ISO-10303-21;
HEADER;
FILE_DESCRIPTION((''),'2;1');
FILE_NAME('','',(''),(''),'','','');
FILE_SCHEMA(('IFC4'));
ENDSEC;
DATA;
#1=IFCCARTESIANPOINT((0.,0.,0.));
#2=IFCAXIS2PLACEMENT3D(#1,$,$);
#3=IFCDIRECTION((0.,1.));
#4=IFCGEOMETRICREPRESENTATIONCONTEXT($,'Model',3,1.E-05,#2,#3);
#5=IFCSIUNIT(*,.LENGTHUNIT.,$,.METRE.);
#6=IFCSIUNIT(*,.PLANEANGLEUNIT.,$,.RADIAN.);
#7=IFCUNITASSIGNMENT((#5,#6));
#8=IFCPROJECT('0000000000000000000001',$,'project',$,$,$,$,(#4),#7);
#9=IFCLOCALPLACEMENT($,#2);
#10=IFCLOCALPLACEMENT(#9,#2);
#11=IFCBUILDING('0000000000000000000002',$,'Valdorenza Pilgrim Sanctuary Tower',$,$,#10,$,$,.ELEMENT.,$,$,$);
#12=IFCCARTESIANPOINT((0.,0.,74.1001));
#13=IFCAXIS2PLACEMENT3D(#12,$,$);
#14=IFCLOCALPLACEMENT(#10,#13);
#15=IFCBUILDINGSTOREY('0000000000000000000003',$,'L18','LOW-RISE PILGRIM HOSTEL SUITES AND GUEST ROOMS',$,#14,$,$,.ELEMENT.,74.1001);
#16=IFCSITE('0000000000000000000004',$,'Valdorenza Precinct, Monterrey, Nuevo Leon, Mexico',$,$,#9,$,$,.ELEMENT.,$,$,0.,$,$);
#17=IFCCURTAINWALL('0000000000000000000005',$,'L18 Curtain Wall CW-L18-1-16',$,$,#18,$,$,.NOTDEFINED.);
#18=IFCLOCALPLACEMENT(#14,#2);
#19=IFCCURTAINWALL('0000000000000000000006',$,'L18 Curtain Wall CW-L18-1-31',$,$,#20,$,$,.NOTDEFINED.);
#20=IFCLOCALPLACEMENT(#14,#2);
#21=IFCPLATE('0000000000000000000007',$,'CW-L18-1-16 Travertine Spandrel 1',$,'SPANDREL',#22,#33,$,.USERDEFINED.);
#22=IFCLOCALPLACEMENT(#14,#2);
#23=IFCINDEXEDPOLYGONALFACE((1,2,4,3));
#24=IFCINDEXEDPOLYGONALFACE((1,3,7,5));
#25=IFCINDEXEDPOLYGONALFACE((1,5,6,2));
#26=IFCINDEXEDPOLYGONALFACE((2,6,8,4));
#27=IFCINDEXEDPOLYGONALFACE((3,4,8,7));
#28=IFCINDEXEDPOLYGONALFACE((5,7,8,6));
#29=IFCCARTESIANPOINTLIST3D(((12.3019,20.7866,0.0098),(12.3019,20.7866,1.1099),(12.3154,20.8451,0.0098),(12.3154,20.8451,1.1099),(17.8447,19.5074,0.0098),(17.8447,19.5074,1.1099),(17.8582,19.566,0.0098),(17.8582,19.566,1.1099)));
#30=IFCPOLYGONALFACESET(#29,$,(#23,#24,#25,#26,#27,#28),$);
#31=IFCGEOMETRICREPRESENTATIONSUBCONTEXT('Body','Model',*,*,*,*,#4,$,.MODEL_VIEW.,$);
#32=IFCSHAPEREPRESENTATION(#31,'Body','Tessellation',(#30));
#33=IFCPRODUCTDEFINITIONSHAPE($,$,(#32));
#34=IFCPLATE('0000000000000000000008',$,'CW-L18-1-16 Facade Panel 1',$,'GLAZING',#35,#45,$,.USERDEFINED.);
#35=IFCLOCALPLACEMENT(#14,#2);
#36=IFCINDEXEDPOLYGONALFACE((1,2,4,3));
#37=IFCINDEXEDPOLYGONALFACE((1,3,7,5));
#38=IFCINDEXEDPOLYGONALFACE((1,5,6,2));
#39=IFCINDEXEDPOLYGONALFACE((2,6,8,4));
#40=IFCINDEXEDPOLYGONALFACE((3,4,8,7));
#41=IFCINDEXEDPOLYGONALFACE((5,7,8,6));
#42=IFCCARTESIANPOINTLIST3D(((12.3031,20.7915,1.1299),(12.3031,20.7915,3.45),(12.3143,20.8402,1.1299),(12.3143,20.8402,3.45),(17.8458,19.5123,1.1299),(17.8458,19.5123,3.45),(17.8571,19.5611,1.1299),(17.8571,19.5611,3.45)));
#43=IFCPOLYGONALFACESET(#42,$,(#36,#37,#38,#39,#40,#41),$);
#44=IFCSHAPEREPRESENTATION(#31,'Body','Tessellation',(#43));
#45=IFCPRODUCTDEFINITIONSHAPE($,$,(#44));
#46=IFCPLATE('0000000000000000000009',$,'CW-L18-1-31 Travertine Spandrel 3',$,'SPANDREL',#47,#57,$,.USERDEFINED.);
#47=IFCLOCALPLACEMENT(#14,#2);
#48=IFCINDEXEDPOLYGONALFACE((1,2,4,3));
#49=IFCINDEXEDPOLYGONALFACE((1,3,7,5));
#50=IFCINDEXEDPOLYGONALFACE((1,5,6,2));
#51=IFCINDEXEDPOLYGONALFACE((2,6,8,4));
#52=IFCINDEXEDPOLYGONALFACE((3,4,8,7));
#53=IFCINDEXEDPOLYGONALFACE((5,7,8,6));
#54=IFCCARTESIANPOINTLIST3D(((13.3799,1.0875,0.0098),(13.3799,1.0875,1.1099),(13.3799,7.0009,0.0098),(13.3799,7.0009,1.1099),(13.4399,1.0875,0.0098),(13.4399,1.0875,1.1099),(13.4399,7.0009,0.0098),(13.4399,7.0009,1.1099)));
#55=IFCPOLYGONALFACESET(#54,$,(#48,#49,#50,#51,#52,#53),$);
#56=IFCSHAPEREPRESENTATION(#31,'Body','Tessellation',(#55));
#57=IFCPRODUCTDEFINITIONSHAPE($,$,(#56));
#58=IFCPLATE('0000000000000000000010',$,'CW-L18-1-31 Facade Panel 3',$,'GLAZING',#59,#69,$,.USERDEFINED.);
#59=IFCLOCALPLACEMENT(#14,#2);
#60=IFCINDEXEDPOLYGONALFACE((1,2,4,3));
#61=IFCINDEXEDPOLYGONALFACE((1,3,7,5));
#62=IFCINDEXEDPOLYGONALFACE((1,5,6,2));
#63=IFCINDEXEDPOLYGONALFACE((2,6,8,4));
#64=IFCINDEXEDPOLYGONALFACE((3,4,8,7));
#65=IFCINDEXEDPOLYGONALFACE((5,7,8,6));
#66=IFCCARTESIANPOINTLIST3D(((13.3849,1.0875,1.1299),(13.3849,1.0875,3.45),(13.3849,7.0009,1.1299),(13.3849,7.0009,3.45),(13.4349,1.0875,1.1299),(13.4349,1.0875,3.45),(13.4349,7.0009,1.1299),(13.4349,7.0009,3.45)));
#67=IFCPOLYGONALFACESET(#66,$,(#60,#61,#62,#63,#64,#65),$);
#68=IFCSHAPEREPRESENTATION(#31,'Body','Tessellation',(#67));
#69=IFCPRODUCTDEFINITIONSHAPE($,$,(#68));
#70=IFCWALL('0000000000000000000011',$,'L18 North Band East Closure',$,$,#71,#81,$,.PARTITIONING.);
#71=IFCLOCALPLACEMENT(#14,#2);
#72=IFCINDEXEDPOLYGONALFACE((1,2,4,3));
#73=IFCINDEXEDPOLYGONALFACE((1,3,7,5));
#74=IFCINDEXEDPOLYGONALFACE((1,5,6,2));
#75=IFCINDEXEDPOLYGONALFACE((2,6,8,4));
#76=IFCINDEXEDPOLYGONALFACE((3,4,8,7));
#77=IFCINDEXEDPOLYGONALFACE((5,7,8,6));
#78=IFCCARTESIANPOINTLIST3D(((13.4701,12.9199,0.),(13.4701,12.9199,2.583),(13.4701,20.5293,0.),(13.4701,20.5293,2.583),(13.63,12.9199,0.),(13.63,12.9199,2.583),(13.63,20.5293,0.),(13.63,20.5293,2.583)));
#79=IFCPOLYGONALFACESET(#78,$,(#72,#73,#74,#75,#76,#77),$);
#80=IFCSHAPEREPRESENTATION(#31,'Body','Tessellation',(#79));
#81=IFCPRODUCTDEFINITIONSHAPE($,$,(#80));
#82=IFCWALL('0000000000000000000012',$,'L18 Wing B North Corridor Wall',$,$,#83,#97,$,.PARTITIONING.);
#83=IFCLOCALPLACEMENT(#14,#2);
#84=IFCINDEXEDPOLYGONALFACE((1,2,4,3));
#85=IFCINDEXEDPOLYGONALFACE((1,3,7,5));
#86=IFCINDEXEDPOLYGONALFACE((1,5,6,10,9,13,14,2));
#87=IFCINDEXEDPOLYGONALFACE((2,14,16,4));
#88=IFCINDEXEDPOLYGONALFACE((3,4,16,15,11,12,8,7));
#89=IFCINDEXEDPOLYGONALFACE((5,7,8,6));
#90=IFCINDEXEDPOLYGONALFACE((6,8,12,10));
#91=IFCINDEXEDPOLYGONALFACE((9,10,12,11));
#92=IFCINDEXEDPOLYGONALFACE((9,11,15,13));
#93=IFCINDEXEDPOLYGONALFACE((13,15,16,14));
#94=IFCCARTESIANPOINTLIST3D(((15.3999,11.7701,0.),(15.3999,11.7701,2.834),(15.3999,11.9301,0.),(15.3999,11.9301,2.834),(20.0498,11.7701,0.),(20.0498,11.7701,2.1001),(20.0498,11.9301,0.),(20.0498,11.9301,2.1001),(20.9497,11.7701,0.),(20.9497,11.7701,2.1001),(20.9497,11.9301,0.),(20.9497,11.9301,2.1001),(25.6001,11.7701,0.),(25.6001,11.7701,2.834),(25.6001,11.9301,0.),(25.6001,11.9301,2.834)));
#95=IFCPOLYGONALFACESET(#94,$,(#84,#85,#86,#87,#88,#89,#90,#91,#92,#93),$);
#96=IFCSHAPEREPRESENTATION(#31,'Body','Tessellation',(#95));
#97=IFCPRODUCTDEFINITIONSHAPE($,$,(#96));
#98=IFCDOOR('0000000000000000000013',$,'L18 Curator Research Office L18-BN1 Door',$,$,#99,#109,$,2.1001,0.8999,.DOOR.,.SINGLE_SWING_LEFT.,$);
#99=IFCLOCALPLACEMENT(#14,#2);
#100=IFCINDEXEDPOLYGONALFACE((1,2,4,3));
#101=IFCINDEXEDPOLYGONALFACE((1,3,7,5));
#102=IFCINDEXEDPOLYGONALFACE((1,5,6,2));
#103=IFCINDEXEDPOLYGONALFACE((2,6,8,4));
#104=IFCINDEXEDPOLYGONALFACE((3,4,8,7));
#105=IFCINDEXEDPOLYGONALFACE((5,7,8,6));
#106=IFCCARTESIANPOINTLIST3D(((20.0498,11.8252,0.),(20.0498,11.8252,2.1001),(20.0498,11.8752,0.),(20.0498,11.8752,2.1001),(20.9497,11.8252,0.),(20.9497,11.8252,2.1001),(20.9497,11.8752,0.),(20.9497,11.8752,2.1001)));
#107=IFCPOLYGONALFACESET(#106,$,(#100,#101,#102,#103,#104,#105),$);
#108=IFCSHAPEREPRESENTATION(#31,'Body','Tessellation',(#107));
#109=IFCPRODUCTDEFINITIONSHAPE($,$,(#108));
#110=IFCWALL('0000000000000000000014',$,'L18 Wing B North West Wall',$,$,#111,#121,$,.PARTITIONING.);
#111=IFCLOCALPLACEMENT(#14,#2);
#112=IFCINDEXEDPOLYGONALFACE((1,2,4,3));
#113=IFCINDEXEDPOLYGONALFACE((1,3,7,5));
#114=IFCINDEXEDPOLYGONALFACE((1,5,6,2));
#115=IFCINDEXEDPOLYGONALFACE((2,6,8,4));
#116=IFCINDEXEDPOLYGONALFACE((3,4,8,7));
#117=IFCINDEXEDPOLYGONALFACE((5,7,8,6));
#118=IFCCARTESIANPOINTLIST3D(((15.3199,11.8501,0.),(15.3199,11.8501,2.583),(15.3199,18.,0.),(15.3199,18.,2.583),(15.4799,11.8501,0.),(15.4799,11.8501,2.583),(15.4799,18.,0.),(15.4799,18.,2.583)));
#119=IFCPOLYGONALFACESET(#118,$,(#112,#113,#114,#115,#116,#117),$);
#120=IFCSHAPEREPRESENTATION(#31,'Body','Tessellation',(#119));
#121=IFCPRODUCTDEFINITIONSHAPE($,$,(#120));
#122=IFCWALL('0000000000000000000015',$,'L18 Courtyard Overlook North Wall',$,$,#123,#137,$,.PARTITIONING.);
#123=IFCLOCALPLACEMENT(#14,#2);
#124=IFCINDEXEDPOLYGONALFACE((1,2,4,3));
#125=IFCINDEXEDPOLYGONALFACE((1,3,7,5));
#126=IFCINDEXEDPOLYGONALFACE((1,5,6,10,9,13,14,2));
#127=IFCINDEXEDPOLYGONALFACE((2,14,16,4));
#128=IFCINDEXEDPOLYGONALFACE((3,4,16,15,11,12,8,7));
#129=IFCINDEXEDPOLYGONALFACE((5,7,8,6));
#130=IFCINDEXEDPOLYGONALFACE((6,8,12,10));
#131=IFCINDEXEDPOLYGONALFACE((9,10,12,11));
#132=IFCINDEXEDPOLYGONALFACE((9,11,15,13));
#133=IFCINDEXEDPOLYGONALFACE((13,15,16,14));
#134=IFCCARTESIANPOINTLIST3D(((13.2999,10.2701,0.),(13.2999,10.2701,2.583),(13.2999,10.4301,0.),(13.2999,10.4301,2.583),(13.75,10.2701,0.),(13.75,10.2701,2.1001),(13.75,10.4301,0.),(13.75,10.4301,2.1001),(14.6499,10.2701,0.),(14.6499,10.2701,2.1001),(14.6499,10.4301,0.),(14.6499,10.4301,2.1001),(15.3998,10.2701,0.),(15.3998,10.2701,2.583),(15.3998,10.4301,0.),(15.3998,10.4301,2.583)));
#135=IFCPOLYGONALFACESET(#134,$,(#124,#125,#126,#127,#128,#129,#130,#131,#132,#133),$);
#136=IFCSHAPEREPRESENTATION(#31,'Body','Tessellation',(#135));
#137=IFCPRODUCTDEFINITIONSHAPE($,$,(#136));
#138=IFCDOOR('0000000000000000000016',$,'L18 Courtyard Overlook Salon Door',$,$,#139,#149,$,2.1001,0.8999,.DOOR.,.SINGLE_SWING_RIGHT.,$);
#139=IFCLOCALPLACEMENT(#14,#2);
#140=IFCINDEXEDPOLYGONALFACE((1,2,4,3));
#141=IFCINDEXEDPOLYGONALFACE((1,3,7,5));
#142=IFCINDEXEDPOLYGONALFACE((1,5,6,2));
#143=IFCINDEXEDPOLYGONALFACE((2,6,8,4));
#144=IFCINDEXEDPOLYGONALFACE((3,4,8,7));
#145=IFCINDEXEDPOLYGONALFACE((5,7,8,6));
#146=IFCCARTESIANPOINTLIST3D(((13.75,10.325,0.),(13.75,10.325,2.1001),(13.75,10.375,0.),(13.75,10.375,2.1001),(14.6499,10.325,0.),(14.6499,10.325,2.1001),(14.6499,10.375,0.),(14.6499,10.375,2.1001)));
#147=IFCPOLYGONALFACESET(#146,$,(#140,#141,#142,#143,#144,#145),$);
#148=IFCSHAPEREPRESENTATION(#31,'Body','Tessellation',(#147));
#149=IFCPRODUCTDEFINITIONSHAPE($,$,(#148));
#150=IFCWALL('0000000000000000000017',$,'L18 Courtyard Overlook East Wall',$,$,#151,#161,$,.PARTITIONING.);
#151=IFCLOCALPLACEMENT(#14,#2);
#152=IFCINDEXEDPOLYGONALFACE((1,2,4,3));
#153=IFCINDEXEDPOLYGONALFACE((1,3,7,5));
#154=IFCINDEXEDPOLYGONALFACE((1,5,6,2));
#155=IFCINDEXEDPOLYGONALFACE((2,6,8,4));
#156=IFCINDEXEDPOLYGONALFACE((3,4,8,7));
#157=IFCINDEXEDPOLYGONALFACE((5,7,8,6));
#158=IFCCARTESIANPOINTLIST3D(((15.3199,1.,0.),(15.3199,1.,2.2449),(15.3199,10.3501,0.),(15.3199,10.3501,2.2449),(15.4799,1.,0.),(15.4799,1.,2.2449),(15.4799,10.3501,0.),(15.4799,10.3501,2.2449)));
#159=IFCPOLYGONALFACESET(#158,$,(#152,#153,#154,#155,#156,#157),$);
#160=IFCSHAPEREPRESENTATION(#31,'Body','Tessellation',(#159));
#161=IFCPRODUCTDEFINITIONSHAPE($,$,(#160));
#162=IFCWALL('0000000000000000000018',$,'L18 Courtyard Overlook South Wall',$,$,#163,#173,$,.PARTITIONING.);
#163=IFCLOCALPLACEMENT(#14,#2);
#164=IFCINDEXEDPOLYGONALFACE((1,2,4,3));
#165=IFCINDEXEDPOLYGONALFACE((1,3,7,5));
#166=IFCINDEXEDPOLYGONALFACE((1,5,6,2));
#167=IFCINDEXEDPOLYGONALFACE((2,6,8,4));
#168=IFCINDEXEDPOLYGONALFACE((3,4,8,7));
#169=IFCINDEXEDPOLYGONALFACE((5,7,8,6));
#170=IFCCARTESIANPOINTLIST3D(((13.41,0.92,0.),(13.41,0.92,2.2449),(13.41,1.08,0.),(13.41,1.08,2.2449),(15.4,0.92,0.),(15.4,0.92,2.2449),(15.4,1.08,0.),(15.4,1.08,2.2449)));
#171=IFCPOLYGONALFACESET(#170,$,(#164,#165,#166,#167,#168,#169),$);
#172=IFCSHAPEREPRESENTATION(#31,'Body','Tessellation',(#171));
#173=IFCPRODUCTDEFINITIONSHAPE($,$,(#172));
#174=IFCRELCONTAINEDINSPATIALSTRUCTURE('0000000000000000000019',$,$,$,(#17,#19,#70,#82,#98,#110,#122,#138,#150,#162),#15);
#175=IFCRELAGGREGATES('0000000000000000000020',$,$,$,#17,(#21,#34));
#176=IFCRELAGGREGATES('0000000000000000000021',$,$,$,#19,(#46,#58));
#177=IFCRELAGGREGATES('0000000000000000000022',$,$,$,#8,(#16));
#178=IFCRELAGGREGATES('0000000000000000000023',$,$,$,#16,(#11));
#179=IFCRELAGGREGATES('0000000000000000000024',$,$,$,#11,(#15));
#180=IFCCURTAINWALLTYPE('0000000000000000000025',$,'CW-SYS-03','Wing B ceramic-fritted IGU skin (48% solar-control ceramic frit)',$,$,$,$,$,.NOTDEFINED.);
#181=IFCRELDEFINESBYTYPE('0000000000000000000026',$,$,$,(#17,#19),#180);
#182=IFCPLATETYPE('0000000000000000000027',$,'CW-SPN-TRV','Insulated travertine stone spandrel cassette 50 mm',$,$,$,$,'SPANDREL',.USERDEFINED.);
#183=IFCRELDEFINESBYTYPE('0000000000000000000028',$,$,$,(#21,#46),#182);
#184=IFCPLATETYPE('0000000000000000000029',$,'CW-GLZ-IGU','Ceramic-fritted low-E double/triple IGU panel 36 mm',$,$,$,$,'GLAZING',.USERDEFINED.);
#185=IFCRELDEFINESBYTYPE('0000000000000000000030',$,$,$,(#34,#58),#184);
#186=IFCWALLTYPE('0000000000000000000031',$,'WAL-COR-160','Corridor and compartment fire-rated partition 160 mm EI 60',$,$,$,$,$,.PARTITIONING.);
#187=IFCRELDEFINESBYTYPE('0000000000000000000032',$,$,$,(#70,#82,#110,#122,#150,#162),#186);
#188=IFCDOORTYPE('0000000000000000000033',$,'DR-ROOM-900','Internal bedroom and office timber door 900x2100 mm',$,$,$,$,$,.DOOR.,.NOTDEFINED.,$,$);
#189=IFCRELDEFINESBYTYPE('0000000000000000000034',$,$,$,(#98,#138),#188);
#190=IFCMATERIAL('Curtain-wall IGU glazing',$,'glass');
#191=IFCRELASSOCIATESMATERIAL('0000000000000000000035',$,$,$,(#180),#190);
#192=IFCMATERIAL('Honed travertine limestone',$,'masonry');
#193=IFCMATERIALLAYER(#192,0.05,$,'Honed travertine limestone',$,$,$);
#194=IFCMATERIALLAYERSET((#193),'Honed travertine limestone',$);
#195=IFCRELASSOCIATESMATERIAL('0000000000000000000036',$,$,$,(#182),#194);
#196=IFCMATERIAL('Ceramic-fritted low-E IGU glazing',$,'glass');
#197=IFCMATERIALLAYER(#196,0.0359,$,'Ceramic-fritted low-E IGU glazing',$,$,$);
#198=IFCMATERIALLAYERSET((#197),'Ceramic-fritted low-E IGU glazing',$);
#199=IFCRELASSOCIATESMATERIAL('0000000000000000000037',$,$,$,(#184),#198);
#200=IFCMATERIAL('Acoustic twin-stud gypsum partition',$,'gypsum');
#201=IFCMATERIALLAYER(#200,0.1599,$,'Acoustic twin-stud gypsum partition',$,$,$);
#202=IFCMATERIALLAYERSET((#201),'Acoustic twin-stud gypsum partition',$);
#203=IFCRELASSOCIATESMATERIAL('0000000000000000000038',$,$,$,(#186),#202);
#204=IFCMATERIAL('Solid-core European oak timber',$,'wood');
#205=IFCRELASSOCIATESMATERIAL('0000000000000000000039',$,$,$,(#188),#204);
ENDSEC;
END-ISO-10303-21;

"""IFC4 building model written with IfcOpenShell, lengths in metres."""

from ifc_helpers import new_model, si_unit, direction, frame, frame_2d, origin, origin_2d, place, context, subcontext, project, spatial, rectangle, extrude, source, transform, mapped, material, layer, layer_set, type_object, element, fill, aggregate, save


model = new_model("IFC4")

# Units and contexts
model_context = context("Model", 3, precision=1e-05, world=origin(), true_north=direction((0.0, 1.0)))
body_context = subcontext(model_context, "Body", "Model", "MODEL_VIEW")
ifc_project = project(units=[si_unit("LENGTHUNIT", "METRE"), si_unit("PLANEANGLEUNIT", "RADIAN")], contexts=[model_context])

# Site, building, storey
site_placement = place(None, origin())
site = spatial("IfcSite", under=ifc_project, at=site_placement, Name="Valdorenza Precinct, Monterrey, Nuevo Leon, Mexico", CompositionType="ELEMENT", RefElevation=0.0)
building_placement = place(site_placement, origin())
building = spatial("IfcBuilding", under=site, at=building_placement, Name="Valdorenza Pilgrim Sanctuary Tower", CompositionType="ELEMENT")
storey_placement = place(building_placement, frame((0.0, 0.0, 74.1001)))
storey = spatial("IfcBuildingStorey", under=building, at=storey_placement, Name="L18", Description="LOW-RISE PILGRIM HOSTEL SUITES AND GUEST ROOMS", CompositionType="ELEMENT", Elevation=74.1001)

# Curtain wall
ifc_material_1 = material(Name="Curtain-wall IGU glazing", Category="glass")
curtain_wall_type = type_object("IfcCurtainWallType", Name="CW-SYS-03", Description="Wing B ceramic-fritted IGU skin (48% solar-control ceramic frit)", PredefinedType="NOTDEFINED", material=ifc_material_1)
curtain_wall_1_placement = place(storey_placement, origin())
curtain_wall_1 = element("IfcCurtainWall", 1, at=curtain_wall_1_placement, inside=storey, type_object=curtain_wall_type, Name="L18 Curtain Wall CW-L18-1-16", PredefinedType="NOTDEFINED")

# Curtain wall
curtain_wall_2_placement = place(storey_placement, origin())
curtain_wall_2 = element("IfcCurtainWall", 2, at=curtain_wall_2_placement, inside=storey, type_object=curtain_wall_type, Name="L18 Curtain Wall CW-L18-1-31", PredefinedType="NOTDEFINED")

# Plates
ifc_material_2 = material(Name="Honed travertine limestone", Category="masonry")
ifc_layer_1 = layer(ifc_material_2, 0.05, Name="Honed travertine limestone")
ifc_layer_set_1 = layer_set([ifc_layer_1], Name="Honed travertine limestone")
plate_type_1 = type_object("IfcPlateType", Name="CW-SPN-TRV", Description="Insulated travertine stone spandrel cassette 50 mm", ElementType="SPANDREL", PredefinedType="USERDEFINED", material=ifc_layer_set_1)
shared_shape_1 = source(origin(), body_context, "Body", "SweptSolid", [
    extrude(rectangle(XDim=5.6885, YDim=0.0601, at=origin_2d()), origin(), (0.0, 0.0, 1.0), 1.1001),
])
plate_1_placement = place(storey_placement, frame((15.0801, 20.1763, 0.0098), z_axis=(0.0, 0.0, 1.0), x_axis=(0.97439, -0.224866, 0.0)))
plate_1 = element("IfcPlate", 3, at=plate_1_placement, type_object=plate_type_1, Name="CW-L18-1-16 Travertine Spandrel 1", ObjectType="SPANDREL", PredefinedType="USERDEFINED", context=body_context, shape_type="MappedRepresentation", body=[
    mapped(shared_shape_1, transform((0.0, 0.0, 0.0), x_axis=(1.0, 0.0, 0.0), y_axis=(0.0, 1.0, 0.0), z_axis=(0.0, 0.0, 1.0), scale=1.0)),
])
ifc_material_3 = material(Name="Ceramic-fritted low-E IGU glazing", Category="glass")
ifc_layer_2 = layer(ifc_material_3, 0.0359, Name="Ceramic-fritted low-E IGU glazing")
ifc_layer_set_2 = layer_set([ifc_layer_2], Name="Ceramic-fritted low-E IGU glazing")
plate_type_2 = type_object("IfcPlateType", Name="CW-GLZ-IGU", Description="Ceramic-fritted low-E double/triple IGU panel 36 mm", ElementType="GLAZING", PredefinedType="USERDEFINED", material=ifc_layer_set_2)
shared_shape_2 = source(origin(), body_context, "Body", "SweptSolid", [
    extrude(rectangle(XDim=5.6885, YDim=0.05, at=origin_2d()), origin(), (0.0, 0.0, 1.0), 2.3201),
])
plate_2_placement = place(storey_placement, frame((15.0801, 20.1763, 1.1299), z_axis=(0.0, 0.0, 1.0), x_axis=(0.97439, -0.224866, 0.0)))
plate_2 = element("IfcPlate", 4, at=plate_2_placement, type_object=plate_type_2, Name="CW-L18-1-16 Facade Panel 1", ObjectType="GLAZING", PredefinedType="USERDEFINED", context=body_context, shape_type="MappedRepresentation", body=[
    mapped(shared_shape_2, transform((0.0, 0.0, 0.0), x_axis=(1.0, 0.0, 0.0), y_axis=(0.0, 1.0, 0.0), z_axis=(0.0, 0.0, 1.0), scale=1.0)),
])
aggregate(curtain_wall_1, [plate_1, plate_2])
shared_shape_3 = source(origin(), body_context, "Body", "SweptSolid", [
    extrude(rectangle(XDim=5.9133, YDim=0.0601, at=origin_2d()), origin(), (0.0, 0.0, 1.0), 1.1001),
])
plate_3_placement = place(storey_placement, frame((13.4099, 4.0442, 0.0098), z_axis=(0.0, 0.0, 1.0), x_axis=(0.0, 1.0, 0.0)))
plate_3 = element("IfcPlate", 5, at=plate_3_placement, type_object=plate_type_1, Name="CW-L18-1-31 Travertine Spandrel 3", ObjectType="SPANDREL", PredefinedType="USERDEFINED", context=body_context, shape_type="MappedRepresentation", body=[
    mapped(shared_shape_3, transform((0.0, 0.0, 0.0), x_axis=(1.0, 0.0, 0.0), y_axis=(0.0, 1.0, 0.0), z_axis=(0.0, 0.0, 1.0), scale=1.0)),
])
shared_shape_4 = source(origin(), body_context, "Body", "SweptSolid", [
    extrude(rectangle(XDim=5.9133, YDim=0.05, at=origin_2d()), origin(), (0.0, 0.0, 1.0), 2.3201),
])
plate_4_placement = place(storey_placement, frame((13.4099, 4.0442, 1.1299), z_axis=(0.0, 0.0, 1.0), x_axis=(0.0, 1.0, 0.0)))
plate_4 = element("IfcPlate", 6, at=plate_4_placement, type_object=plate_type_2, Name="CW-L18-1-31 Facade Panel 3", ObjectType="GLAZING", PredefinedType="USERDEFINED", context=body_context, shape_type="MappedRepresentation", body=[
    mapped(shared_shape_4, transform((0.0, 0.0, 0.0), x_axis=(1.0, 0.0, 0.0), y_axis=(0.0, 1.0, 0.0), z_axis=(0.0, 0.0, 1.0), scale=1.0)),
])
aggregate(curtain_wall_2, [plate_3, plate_4])

# Wall
ifc_material_4 = material(Name="Acoustic twin-stud gypsum partition", Category="gypsum")
ifc_layer_3 = layer(ifc_material_4, 0.1599, Name="Acoustic twin-stud gypsum partition")
ifc_layer_set_3 = layer_set([ifc_layer_3], Name="Acoustic twin-stud gypsum partition")
wall_type_1 = type_object("IfcWallType", Name="WAL-COR-160", Description="Corridor and compartment fire-rated partition 160 mm EI 60", PredefinedType="PARTITIONING", material=ifc_layer_set_3)
wall_1_placement = place(storey_placement, frame((13.55, 12.9199, 0.0), z_axis=(0.0, 0.0, 1.0), x_axis=(0.0, 1.0, 0.0)))
element("IfcWall", 7, at=wall_1_placement, inside=storey, type_object=wall_type_1, Name="L18 North Band East Closure", PredefinedType="PARTITIONING", context=body_context, shape_type="SweptSolid", body=[
    extrude(rectangle(XDim=7.6094, YDim=0.1599, at=frame_2d((3.8047, 0.0))), origin(), (0.0, 0.0, 1.0), 2.583),
])

# Wall, opening, door
wall_2_placement = place(storey_placement, frame((15.3999, 11.8501, 0.0), z_axis=(0.0, 0.0, 1.0), x_axis=(1.0, 0.0, 0.0)))
wall_2 = element("IfcWall", 8, at=wall_2_placement, inside=storey, type_object=wall_type_1, Name="L18 Wing B North Corridor Wall", PredefinedType="PARTITIONING", context=body_context, shape_type="SweptSolid", body=[
    extrude(rectangle(XDim=10.2002, YDim=0.1599, at=frame_2d((5.1001, 0.0))), origin(), (0.0, 0.0, 1.0), 2.834),
])
opening_1_placement = place(wall_2_placement, frame((4.6499, 0.0, 0.0)))
opening_1 = element("IfcOpeningElement", 9, at=opening_1_placement, cuts=wall_2, PredefinedType="OPENING", context=body_context, shape_type="SweptSolid", body=[
    extrude(rectangle(XDim=0.8999, YDim=2.1001, at=frame_2d((0.45, 1.05))), frame((0.0, 0.0947, 0.0), z_axis=(0.0, -1.0, 0.0), x_axis=(1.0, 0.0, 0.0)), (0.0, 0.0, 1.0), 0.1897),
])
ifc_material_5 = material(Name="Solid-core European oak timber", Category="wood")
door_type_1 = type_object("IfcDoorType", Name="DR-ROOM-900", Description="Internal bedroom and office timber door 900x2100 mm", OperationType="NOTDEFINED", PredefinedType="DOOR", material=ifc_material_5)
door_1_placement = place(opening_1_placement, frame((0.8999, 0.0, 0.0), z_axis=(0.0, 0.0, 1.0), x_axis=(-1.0, 0.0, 0.0)))
door_1 = element("IfcDoor", 10, at=door_1_placement, inside=storey, type_object=door_type_1, Name="L18 Curator Research Office L18-BN1 Door", OperationType="SINGLE_SWING_LEFT", OverallHeight=2.1001, OverallWidth=0.8999, PredefinedType="DOOR", context=body_context, shape_type="SweptSolid", body=[
    extrude(rectangle(XDim=0.8999, YDim=2.1001, at=frame_2d((0.45, 1.05))), frame((0.0, 0.0249, 0.0), z_axis=(0.0, -1.0, 0.0), x_axis=(1.0, 0.0, 0.0)), (0.0, 0.0, 1.0), 0.05),
])
fill(opening_1, door_1)

# Wall
wall_3_placement = place(storey_placement, frame((15.3999, 11.8501, 0.0), z_axis=(0.0, 0.0, 1.0), x_axis=(0.0, 1.0, 0.0)))
element("IfcWall", 11, at=wall_3_placement, inside=storey, type_object=wall_type_1, Name="L18 Wing B North West Wall", PredefinedType="PARTITIONING", context=body_context, shape_type="SweptSolid", body=[
    extrude(rectangle(XDim=6.1499, YDim=0.1599, at=frame_2d((3.075, 0.0))), origin(), (0.0, 0.0, 1.0), 2.583),
])

# Wall, opening, door
wall_4_placement = place(storey_placement, frame((13.3, 10.3501, 0.0), z_axis=(0.0, 0.0, 1.0), x_axis=(1.0, 0.0, 0.0)))
wall_4 = element("IfcWall", 12, at=wall_4_placement, inside=storey, type_object=wall_type_1, Name="L18 Courtyard Overlook North Wall", PredefinedType="PARTITIONING", context=body_context, shape_type="SweptSolid", body=[
    extrude(rectangle(XDim=2.0999, YDim=0.1599, at=frame_2d((1.0498, 0.0))), origin(), (0.0, 0.0, 1.0), 2.583),
])
opening_2_placement = place(wall_4_placement, frame((0.45, 0.0, 0.0)))
opening_2 = element("IfcOpeningElement", 13, at=opening_2_placement, cuts=wall_4, PredefinedType="OPENING", context=body_context, shape_type="SweptSolid", body=[
    extrude(rectangle(XDim=0.8999, YDim=2.1001, at=frame_2d((0.45, 1.05))), frame((0.0, 0.0947, 0.0), z_axis=(0.0, -1.0, 0.0), x_axis=(1.0, 0.0, 0.0)), (0.0, 0.0, 1.0), 0.1897),
])
door_2_placement = place(opening_2_placement, origin())
door_2 = element("IfcDoor", 14, at=door_2_placement, inside=storey, type_object=door_type_1, Name="L18 Courtyard Overlook Salon Door", OperationType="SINGLE_SWING_RIGHT", OverallHeight=2.1001, OverallWidth=0.8999, PredefinedType="DOOR", context=body_context, shape_type="SweptSolid", body=[
    extrude(rectangle(XDim=0.8999, YDim=2.1001, at=frame_2d((0.45, 1.05))), frame((0.0, 0.0249, 0.0), z_axis=(0.0, -1.0, 0.0), x_axis=(1.0, 0.0, 0.0)), (0.0, 0.0, 1.0), 0.05),
])
fill(opening_2, door_2)

# Walls
wall_5_placement = place(storey_placement, frame((15.3999, 1.0, 0.0), z_axis=(0.0, 0.0, 1.0), x_axis=(0.0, 1.0, 0.0)))
element("IfcWall", 15, at=wall_5_placement, inside=storey, type_object=wall_type_1, Name="L18 Courtyard Overlook East Wall", PredefinedType="PARTITIONING", context=body_context, shape_type="SweptSolid", body=[
    extrude(rectangle(XDim=9.3501, YDim=0.1599, at=frame_2d((4.675, 0.0))), origin(), (0.0, 0.0, 1.0), 2.2449),
])
wall_6_placement = place(storey_placement, frame((13.4099, 1.0, 0.0), z_axis=(0.0, 0.0, 1.0), x_axis=(1.0, 0.0, 0.0)))
element("IfcWall", 16, at=wall_6_placement, inside=storey, type_object=wall_type_1, Name="L18 Courtyard Overlook South Wall", PredefinedType="PARTITIONING", context=body_context, shape_type="SweptSolid", body=[
    extrude(rectangle(XDim=1.99, YDim=0.1599, at=frame_2d((0.9951, 0.0))), origin(), (0.0, 0.0, 1.0), 2.2449),
])

save(model, "model.ifc")
